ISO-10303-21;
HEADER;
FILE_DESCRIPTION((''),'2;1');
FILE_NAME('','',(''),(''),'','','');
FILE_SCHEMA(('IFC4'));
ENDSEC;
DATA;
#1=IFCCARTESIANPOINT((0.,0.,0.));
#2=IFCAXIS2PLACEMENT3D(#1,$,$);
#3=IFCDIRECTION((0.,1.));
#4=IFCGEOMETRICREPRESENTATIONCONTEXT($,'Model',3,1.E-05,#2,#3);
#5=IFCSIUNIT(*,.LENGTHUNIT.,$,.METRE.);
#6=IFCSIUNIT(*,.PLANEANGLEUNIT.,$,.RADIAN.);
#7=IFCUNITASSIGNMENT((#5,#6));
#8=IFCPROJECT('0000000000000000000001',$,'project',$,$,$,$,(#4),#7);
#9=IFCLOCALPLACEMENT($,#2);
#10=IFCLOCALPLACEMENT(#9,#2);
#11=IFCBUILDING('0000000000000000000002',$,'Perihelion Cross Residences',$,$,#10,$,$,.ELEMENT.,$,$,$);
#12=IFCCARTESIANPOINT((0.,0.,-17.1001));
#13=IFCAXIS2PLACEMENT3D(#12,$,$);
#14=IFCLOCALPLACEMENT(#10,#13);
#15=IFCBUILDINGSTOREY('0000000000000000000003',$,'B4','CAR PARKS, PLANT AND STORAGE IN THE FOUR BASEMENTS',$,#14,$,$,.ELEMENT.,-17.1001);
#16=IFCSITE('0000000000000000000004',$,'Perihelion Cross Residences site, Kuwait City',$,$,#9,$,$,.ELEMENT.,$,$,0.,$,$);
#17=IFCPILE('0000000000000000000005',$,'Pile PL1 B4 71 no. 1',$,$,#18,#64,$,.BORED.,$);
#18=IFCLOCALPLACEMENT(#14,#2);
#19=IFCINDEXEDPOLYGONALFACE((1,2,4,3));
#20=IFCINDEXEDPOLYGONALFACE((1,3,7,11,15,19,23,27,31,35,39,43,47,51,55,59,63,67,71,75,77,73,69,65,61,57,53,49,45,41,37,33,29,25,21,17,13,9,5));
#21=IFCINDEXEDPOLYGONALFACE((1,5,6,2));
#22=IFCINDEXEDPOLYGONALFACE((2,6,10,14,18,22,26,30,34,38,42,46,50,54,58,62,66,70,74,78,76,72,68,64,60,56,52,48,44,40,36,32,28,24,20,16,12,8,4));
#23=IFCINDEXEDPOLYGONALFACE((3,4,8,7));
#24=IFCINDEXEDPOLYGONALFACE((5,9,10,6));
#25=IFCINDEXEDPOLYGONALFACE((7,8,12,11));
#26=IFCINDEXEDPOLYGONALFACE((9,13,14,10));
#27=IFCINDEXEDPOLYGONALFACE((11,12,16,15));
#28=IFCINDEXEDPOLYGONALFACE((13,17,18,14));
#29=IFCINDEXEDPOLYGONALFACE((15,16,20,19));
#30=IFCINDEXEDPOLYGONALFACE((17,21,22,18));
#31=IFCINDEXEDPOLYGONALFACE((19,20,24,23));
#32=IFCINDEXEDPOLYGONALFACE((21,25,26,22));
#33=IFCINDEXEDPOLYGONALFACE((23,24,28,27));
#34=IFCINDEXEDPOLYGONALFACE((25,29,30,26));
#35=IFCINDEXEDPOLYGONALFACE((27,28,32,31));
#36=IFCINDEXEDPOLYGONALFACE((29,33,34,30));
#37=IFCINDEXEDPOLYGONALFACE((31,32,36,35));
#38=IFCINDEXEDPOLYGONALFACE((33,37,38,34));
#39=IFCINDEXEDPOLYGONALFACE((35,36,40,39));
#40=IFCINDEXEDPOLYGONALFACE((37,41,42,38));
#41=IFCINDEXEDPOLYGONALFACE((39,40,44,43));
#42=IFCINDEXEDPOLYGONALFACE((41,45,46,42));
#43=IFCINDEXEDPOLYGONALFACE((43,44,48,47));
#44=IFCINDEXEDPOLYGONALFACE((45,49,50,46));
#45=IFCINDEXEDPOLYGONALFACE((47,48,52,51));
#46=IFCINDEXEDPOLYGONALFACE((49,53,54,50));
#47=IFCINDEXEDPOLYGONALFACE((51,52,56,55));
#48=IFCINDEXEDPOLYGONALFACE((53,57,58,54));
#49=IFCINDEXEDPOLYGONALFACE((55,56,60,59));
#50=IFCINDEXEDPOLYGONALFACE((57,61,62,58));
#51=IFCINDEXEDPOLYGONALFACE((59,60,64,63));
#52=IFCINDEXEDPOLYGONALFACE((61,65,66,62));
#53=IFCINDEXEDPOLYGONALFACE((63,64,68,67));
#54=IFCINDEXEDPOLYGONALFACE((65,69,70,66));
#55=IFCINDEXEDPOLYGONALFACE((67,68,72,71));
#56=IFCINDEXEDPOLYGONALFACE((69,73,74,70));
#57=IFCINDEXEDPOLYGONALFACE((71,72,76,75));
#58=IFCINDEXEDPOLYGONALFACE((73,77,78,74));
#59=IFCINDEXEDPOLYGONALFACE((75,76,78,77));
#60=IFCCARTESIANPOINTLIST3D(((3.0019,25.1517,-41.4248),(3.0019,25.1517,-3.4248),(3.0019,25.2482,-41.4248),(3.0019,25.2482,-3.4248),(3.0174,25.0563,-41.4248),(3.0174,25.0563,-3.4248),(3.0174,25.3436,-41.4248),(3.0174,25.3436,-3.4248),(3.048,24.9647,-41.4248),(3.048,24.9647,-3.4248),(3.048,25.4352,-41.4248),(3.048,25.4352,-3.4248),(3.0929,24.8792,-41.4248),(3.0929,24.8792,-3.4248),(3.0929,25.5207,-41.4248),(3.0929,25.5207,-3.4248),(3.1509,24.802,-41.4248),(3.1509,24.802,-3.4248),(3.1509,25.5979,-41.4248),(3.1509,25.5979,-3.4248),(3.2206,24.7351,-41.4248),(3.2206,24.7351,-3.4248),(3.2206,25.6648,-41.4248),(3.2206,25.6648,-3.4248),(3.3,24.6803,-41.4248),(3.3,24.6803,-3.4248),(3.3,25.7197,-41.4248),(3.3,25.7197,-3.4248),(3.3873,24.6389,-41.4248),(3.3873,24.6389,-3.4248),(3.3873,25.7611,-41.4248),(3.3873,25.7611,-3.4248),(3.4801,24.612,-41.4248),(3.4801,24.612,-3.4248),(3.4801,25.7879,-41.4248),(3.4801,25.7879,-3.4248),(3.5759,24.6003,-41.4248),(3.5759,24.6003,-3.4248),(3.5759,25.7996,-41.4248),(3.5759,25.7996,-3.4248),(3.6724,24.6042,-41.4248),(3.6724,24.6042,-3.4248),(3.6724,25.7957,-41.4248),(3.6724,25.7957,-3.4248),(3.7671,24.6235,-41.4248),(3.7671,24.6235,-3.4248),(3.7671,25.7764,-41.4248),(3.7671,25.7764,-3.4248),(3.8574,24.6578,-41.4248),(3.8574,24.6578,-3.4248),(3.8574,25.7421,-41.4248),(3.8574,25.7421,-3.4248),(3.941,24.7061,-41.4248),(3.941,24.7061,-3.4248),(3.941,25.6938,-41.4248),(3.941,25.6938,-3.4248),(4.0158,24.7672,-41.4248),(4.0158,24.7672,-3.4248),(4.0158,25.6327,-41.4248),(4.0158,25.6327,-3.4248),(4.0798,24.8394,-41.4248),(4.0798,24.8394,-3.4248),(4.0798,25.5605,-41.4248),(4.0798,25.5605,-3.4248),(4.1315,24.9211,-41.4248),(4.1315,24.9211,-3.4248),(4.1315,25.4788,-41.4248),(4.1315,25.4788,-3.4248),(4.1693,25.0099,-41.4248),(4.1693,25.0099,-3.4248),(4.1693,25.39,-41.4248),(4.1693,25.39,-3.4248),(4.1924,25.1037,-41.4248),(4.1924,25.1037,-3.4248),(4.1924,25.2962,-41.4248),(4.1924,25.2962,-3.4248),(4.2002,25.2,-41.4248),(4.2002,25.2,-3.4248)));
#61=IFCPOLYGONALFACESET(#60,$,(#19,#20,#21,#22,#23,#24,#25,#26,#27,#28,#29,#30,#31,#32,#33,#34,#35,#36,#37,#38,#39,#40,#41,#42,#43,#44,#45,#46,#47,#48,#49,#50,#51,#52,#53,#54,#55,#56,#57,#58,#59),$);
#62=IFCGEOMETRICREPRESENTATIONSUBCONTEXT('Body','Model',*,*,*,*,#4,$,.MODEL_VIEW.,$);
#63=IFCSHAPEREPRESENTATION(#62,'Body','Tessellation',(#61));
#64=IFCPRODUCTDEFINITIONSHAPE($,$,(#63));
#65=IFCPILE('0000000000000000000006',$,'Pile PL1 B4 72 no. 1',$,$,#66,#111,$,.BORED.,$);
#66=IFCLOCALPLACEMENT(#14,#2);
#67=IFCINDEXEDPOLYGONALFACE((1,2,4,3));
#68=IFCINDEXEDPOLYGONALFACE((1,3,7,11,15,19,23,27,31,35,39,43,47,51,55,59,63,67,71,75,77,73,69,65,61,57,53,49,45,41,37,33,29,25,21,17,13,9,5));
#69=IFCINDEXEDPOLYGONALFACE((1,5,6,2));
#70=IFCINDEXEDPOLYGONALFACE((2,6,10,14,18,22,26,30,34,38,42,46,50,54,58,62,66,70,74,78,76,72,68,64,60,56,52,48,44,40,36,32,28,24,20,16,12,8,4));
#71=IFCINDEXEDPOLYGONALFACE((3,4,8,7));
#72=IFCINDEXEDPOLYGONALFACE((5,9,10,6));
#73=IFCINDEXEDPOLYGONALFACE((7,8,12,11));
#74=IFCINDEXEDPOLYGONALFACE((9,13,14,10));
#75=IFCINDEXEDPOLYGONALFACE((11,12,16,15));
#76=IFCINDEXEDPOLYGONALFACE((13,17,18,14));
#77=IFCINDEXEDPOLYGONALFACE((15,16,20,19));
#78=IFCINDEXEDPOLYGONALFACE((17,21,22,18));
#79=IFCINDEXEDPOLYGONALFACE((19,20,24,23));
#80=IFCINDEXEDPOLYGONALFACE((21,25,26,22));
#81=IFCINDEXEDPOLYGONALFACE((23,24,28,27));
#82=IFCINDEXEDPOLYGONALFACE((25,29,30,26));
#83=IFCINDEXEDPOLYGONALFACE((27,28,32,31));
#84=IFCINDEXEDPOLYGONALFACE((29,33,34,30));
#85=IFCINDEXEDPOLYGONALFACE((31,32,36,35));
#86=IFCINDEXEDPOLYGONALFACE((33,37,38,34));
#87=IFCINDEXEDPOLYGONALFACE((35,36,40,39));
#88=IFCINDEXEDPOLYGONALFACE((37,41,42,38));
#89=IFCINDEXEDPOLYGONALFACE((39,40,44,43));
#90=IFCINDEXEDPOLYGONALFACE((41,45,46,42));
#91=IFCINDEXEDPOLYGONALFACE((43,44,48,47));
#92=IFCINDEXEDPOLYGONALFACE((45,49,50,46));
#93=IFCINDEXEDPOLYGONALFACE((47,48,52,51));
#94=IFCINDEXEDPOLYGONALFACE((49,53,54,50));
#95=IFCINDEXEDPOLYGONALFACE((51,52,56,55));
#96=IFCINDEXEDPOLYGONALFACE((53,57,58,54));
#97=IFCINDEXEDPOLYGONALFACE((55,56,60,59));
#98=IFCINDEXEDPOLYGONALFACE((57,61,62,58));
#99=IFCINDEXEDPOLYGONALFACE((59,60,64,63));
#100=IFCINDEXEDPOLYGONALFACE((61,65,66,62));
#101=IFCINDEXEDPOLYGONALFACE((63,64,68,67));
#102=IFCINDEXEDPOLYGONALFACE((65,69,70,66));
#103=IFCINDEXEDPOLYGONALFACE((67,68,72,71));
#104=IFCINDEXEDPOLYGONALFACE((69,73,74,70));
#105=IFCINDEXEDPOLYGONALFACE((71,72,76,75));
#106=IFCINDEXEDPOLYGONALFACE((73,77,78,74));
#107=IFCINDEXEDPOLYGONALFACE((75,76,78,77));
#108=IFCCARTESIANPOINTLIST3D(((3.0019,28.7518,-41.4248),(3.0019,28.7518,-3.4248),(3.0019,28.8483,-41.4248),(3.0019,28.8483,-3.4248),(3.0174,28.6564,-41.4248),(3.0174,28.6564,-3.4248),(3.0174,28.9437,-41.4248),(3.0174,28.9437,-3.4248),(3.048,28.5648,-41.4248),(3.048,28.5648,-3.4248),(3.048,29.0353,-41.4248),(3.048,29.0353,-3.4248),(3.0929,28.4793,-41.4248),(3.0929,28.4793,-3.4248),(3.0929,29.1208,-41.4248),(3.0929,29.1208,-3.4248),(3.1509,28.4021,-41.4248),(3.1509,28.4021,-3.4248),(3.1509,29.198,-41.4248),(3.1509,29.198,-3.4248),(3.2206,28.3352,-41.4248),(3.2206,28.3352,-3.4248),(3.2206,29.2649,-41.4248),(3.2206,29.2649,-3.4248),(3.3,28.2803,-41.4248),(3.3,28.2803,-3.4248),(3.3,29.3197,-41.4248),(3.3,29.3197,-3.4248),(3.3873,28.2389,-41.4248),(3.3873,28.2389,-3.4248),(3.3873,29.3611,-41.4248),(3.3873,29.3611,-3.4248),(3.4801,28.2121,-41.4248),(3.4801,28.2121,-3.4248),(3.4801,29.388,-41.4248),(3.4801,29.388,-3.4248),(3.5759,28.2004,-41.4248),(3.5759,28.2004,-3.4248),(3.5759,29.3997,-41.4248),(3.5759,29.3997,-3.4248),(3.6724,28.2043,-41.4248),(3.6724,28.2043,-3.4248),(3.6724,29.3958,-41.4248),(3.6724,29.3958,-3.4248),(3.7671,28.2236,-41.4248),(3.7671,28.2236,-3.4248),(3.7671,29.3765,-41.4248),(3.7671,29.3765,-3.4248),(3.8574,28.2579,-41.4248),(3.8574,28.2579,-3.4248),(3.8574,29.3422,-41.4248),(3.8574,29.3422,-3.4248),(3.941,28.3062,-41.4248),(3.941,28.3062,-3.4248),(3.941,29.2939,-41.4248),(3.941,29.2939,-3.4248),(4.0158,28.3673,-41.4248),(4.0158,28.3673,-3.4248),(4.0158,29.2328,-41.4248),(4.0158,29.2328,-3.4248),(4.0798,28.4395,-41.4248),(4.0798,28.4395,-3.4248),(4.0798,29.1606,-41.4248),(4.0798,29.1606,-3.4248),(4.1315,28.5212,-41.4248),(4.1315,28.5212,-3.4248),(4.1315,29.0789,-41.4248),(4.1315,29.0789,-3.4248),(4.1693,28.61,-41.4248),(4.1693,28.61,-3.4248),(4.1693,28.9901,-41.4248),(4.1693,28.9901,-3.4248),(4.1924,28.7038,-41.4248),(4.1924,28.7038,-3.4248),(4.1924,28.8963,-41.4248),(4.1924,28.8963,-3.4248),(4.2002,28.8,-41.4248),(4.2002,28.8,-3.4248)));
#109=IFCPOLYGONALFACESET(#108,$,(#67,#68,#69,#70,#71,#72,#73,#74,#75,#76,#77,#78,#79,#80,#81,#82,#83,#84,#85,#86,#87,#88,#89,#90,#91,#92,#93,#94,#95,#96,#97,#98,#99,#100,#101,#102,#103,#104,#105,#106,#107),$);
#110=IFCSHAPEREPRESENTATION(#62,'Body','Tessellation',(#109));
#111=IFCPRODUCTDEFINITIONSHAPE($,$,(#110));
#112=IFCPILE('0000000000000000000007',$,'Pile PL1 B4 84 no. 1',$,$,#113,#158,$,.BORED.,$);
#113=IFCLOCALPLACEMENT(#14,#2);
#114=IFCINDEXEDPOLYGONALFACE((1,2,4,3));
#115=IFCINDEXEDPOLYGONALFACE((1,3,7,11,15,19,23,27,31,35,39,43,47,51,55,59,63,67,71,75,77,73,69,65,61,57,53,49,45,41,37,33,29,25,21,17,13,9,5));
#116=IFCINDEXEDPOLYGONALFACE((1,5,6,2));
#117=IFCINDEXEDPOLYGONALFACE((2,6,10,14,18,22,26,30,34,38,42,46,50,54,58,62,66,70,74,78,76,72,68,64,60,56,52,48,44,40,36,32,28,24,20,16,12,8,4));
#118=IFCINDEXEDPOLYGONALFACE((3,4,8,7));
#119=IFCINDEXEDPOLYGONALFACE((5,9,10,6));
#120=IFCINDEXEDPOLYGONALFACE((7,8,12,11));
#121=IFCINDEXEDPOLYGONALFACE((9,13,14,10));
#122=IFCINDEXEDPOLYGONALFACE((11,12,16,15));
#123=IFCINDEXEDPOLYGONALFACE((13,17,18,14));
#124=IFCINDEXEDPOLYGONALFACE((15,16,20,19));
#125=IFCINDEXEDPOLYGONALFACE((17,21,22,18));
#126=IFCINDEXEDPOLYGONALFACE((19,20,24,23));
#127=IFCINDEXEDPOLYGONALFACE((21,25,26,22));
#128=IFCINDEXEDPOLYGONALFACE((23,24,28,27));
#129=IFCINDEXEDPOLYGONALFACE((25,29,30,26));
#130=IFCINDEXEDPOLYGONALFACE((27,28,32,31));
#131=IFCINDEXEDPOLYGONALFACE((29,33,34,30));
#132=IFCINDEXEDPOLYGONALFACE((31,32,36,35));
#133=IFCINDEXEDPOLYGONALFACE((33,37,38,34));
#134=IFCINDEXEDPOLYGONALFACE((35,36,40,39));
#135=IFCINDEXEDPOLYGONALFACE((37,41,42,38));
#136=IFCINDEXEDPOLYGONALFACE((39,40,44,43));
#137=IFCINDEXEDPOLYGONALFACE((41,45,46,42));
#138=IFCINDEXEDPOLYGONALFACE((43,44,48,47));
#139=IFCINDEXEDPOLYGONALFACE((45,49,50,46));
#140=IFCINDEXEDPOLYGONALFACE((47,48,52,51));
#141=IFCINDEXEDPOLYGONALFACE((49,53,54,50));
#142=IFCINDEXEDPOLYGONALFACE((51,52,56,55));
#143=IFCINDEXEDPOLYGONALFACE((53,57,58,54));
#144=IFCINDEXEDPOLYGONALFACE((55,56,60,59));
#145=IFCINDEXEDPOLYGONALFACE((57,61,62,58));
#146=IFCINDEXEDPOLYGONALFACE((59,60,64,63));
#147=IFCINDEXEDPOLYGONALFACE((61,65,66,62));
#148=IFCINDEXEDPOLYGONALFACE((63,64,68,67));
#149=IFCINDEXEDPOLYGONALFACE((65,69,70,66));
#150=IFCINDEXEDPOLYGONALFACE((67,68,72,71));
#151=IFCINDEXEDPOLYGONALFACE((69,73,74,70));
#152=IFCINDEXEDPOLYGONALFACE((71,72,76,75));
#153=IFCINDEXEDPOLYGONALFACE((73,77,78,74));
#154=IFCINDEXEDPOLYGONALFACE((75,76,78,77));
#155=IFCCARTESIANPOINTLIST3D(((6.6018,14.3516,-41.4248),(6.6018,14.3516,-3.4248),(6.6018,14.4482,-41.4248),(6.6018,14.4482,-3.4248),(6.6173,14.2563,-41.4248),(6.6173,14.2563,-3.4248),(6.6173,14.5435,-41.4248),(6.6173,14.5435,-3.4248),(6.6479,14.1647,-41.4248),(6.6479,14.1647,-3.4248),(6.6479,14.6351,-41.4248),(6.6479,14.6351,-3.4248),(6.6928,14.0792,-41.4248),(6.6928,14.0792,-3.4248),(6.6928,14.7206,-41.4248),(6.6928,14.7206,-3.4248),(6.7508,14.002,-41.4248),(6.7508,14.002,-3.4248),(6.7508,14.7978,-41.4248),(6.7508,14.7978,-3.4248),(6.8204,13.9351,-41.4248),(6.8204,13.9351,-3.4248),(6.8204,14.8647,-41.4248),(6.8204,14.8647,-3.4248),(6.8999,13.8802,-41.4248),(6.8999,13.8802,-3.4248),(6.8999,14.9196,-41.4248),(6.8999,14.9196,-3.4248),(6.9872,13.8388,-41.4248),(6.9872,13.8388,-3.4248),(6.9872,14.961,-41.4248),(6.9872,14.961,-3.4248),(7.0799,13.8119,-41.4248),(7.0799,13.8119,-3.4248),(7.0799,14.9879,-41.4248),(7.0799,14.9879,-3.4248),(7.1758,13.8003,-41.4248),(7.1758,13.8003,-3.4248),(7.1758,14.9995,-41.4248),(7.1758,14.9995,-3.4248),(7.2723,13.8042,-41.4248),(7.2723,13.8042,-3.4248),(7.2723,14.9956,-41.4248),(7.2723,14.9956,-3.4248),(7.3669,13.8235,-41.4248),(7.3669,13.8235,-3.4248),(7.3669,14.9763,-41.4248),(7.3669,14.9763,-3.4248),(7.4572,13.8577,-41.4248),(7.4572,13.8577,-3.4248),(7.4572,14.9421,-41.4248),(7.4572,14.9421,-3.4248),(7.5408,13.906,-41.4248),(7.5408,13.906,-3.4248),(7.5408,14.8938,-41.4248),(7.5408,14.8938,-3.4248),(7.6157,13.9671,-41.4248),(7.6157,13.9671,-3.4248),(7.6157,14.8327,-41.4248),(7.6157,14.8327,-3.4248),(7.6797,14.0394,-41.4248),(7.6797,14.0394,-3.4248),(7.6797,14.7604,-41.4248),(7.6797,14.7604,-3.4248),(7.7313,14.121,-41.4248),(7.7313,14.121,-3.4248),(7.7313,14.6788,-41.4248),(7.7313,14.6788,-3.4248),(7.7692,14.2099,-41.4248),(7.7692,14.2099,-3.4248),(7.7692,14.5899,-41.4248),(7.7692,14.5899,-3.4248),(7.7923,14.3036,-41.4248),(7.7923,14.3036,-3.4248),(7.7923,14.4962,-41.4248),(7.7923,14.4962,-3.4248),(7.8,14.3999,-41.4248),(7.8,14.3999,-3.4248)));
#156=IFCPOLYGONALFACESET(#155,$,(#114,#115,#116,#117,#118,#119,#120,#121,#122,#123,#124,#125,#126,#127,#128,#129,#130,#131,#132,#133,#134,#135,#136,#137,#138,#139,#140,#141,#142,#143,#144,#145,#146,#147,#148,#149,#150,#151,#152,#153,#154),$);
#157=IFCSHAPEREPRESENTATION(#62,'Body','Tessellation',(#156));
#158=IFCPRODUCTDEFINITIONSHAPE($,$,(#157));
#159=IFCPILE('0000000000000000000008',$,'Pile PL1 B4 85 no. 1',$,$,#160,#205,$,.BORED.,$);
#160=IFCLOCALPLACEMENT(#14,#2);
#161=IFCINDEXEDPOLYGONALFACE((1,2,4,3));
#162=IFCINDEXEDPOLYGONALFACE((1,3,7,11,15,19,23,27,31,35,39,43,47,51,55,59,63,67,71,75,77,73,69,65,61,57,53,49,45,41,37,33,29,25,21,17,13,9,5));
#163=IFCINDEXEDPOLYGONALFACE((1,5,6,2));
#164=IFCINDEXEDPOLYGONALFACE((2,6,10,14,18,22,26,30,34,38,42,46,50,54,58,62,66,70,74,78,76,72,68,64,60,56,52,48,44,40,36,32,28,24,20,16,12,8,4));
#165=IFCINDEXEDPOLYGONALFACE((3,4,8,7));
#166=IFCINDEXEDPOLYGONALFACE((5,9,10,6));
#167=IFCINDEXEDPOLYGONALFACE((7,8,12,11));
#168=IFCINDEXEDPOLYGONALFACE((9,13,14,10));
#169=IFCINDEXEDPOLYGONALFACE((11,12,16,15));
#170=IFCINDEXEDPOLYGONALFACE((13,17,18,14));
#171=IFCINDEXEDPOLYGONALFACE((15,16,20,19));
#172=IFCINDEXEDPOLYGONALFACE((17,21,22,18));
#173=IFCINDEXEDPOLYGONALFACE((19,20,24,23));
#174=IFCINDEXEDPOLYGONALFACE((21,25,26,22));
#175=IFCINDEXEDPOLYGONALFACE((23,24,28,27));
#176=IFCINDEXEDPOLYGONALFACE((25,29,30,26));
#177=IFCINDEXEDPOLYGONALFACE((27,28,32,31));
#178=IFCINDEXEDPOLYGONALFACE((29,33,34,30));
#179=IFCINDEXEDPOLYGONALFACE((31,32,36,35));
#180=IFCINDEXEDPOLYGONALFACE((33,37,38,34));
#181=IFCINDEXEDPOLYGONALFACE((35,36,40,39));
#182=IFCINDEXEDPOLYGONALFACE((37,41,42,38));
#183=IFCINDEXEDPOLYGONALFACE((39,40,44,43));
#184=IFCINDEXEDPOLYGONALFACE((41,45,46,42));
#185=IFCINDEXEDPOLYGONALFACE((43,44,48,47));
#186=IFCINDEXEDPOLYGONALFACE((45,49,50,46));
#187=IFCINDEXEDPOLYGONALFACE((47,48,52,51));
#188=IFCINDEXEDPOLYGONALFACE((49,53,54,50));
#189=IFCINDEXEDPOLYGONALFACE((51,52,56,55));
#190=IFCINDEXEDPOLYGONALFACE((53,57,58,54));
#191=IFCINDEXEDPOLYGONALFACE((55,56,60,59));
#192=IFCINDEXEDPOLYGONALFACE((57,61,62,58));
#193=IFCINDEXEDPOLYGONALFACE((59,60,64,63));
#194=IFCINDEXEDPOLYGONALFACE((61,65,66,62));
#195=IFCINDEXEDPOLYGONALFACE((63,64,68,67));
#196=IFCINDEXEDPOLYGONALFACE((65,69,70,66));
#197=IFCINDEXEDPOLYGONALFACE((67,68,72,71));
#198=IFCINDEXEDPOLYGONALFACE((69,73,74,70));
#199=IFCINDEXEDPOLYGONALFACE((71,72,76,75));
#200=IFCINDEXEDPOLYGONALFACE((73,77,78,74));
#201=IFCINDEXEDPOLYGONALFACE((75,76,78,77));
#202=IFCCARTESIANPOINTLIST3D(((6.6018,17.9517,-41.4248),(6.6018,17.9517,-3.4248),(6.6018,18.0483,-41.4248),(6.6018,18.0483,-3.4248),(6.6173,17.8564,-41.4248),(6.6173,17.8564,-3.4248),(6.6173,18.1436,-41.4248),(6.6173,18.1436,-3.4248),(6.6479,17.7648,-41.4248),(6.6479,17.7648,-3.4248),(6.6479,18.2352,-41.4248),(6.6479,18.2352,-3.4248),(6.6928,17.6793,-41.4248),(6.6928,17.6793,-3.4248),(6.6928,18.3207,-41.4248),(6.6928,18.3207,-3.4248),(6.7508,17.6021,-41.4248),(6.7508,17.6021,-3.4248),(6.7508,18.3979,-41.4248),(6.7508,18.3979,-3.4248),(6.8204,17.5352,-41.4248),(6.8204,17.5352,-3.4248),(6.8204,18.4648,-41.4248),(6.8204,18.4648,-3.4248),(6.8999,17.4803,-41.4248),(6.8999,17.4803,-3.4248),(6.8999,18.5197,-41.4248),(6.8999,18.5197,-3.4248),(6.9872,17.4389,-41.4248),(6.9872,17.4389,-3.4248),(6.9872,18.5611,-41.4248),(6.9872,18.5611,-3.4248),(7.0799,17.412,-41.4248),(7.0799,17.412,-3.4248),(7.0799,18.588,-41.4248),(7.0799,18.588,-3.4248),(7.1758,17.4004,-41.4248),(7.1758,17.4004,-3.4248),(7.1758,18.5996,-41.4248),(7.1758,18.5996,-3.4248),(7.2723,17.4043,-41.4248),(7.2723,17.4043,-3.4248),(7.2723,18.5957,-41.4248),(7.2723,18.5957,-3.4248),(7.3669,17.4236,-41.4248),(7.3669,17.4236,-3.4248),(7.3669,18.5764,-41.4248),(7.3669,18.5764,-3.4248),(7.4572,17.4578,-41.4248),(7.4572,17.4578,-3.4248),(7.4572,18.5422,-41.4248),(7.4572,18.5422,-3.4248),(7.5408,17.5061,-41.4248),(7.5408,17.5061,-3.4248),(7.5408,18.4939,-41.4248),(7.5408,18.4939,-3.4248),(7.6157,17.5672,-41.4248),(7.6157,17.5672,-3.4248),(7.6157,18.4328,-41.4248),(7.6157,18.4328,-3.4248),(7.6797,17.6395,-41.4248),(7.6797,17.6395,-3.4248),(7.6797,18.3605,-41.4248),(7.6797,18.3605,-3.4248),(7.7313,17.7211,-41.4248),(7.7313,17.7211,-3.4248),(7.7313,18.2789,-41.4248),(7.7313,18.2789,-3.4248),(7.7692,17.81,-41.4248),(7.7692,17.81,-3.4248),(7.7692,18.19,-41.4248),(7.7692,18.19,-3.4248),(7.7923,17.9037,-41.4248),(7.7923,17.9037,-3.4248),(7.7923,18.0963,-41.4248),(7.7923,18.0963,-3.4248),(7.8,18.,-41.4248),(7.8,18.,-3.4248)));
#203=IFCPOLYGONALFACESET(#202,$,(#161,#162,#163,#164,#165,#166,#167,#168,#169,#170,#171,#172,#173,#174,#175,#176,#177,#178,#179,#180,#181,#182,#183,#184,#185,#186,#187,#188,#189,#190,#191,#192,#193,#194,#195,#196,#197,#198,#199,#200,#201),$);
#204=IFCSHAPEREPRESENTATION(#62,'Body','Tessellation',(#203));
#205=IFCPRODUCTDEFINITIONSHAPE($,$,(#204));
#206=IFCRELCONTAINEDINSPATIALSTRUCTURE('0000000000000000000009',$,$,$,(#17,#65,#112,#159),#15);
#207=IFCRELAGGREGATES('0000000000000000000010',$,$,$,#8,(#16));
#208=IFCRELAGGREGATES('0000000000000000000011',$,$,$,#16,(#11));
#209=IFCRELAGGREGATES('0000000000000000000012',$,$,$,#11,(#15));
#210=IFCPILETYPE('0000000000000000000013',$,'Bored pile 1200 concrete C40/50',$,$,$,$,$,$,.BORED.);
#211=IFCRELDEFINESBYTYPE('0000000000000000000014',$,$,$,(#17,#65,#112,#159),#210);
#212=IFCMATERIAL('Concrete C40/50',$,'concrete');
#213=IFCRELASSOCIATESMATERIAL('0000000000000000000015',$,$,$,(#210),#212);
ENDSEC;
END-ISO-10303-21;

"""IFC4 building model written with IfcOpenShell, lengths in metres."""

from ifc_helpers import new_model, si_unit, direction, frame, origin, origin_2d, place, context, subcontext, project, spatial, circle, extrude, material, type_object, element, save


model = new_model("IFC4")

# Units and contexts
model_context = context("Model", 3, precision=1e-05, world=origin(), true_north=direction((0.0, 1.0)))
body_context = subcontext(model_context, "Body", "Model", "MODEL_VIEW")
ifc_project = project(units=[si_unit("LENGTHUNIT", "METRE"), si_unit("PLANEANGLEUNIT", "RADIAN")], contexts=[model_context])

# Site, building, storey
site_placement = place(None, origin())
site = spatial("IfcSite", under=ifc_project, at=site_placement, Name="Perihelion Cross Residences site, Kuwait City", CompositionType="ELEMENT", RefElevation=0.0)
building_placement = place(site_placement, origin())
building = spatial("IfcBuilding", under=site, at=building_placement, Name="Perihelion Cross Residences", CompositionType="ELEMENT")
storey_placement = place(building_placement, frame((0.0, 0.0, -17.1001)))
storey = spatial("IfcBuildingStorey", under=building, at=storey_placement, Name="B4", Description="CAR PARKS, PLANT AND STORAGE IN THE FOUR BASEMENTS", CompositionType="ELEMENT", Elevation=-17.1001)

# Piles
ifc_material_1 = material(Name="Concrete C40/50", Category="concrete")
pile_type = type_object("IfcPileType", Name="Bored pile 1200 concrete C40/50", PredefinedType="BORED", material=ifc_material_1)
for number, where, z_axis, x_axis, name in (
    (1, (3.6001, 25.2, -3.4248), (0.0, 0.0, -1.0), (1.0, 0.0, 0.0), "Pile PL1 B4 71 no. 1"),
    (2, (3.6001, 28.8, -3.4248), (0.0, 0.0, -1.0), (1.0, 0.0, 0.0), "Pile PL1 B4 72 no. 1"),
    (3, (7.2, 14.3999, -3.4248), (0.0, 0.0, -1.0), (1.0, 0.0, 0.0), "Pile PL1 B4 84 no. 1"),
    (4, (7.2, 18.0, -3.4248), (0.0, 0.0, -1.0), (1.0, 0.0, 0.0), "Pile PL1 B4 85 no. 1"),
):
    element("IfcPile", number, at=place(storey_placement, frame(where, z_axis=z_axis, x_axis=x_axis)), inside=storey, type_object=pile_type, Name=name, PredefinedType="BORED", context=body_context, shape_type="SweptSolid", body=[
        extrude(circle(Radius=0.6001, at=origin_2d()), origin(), (0.0, 0.0, 1.0), 38.0),
    ])

save(model, "model.ifc")
